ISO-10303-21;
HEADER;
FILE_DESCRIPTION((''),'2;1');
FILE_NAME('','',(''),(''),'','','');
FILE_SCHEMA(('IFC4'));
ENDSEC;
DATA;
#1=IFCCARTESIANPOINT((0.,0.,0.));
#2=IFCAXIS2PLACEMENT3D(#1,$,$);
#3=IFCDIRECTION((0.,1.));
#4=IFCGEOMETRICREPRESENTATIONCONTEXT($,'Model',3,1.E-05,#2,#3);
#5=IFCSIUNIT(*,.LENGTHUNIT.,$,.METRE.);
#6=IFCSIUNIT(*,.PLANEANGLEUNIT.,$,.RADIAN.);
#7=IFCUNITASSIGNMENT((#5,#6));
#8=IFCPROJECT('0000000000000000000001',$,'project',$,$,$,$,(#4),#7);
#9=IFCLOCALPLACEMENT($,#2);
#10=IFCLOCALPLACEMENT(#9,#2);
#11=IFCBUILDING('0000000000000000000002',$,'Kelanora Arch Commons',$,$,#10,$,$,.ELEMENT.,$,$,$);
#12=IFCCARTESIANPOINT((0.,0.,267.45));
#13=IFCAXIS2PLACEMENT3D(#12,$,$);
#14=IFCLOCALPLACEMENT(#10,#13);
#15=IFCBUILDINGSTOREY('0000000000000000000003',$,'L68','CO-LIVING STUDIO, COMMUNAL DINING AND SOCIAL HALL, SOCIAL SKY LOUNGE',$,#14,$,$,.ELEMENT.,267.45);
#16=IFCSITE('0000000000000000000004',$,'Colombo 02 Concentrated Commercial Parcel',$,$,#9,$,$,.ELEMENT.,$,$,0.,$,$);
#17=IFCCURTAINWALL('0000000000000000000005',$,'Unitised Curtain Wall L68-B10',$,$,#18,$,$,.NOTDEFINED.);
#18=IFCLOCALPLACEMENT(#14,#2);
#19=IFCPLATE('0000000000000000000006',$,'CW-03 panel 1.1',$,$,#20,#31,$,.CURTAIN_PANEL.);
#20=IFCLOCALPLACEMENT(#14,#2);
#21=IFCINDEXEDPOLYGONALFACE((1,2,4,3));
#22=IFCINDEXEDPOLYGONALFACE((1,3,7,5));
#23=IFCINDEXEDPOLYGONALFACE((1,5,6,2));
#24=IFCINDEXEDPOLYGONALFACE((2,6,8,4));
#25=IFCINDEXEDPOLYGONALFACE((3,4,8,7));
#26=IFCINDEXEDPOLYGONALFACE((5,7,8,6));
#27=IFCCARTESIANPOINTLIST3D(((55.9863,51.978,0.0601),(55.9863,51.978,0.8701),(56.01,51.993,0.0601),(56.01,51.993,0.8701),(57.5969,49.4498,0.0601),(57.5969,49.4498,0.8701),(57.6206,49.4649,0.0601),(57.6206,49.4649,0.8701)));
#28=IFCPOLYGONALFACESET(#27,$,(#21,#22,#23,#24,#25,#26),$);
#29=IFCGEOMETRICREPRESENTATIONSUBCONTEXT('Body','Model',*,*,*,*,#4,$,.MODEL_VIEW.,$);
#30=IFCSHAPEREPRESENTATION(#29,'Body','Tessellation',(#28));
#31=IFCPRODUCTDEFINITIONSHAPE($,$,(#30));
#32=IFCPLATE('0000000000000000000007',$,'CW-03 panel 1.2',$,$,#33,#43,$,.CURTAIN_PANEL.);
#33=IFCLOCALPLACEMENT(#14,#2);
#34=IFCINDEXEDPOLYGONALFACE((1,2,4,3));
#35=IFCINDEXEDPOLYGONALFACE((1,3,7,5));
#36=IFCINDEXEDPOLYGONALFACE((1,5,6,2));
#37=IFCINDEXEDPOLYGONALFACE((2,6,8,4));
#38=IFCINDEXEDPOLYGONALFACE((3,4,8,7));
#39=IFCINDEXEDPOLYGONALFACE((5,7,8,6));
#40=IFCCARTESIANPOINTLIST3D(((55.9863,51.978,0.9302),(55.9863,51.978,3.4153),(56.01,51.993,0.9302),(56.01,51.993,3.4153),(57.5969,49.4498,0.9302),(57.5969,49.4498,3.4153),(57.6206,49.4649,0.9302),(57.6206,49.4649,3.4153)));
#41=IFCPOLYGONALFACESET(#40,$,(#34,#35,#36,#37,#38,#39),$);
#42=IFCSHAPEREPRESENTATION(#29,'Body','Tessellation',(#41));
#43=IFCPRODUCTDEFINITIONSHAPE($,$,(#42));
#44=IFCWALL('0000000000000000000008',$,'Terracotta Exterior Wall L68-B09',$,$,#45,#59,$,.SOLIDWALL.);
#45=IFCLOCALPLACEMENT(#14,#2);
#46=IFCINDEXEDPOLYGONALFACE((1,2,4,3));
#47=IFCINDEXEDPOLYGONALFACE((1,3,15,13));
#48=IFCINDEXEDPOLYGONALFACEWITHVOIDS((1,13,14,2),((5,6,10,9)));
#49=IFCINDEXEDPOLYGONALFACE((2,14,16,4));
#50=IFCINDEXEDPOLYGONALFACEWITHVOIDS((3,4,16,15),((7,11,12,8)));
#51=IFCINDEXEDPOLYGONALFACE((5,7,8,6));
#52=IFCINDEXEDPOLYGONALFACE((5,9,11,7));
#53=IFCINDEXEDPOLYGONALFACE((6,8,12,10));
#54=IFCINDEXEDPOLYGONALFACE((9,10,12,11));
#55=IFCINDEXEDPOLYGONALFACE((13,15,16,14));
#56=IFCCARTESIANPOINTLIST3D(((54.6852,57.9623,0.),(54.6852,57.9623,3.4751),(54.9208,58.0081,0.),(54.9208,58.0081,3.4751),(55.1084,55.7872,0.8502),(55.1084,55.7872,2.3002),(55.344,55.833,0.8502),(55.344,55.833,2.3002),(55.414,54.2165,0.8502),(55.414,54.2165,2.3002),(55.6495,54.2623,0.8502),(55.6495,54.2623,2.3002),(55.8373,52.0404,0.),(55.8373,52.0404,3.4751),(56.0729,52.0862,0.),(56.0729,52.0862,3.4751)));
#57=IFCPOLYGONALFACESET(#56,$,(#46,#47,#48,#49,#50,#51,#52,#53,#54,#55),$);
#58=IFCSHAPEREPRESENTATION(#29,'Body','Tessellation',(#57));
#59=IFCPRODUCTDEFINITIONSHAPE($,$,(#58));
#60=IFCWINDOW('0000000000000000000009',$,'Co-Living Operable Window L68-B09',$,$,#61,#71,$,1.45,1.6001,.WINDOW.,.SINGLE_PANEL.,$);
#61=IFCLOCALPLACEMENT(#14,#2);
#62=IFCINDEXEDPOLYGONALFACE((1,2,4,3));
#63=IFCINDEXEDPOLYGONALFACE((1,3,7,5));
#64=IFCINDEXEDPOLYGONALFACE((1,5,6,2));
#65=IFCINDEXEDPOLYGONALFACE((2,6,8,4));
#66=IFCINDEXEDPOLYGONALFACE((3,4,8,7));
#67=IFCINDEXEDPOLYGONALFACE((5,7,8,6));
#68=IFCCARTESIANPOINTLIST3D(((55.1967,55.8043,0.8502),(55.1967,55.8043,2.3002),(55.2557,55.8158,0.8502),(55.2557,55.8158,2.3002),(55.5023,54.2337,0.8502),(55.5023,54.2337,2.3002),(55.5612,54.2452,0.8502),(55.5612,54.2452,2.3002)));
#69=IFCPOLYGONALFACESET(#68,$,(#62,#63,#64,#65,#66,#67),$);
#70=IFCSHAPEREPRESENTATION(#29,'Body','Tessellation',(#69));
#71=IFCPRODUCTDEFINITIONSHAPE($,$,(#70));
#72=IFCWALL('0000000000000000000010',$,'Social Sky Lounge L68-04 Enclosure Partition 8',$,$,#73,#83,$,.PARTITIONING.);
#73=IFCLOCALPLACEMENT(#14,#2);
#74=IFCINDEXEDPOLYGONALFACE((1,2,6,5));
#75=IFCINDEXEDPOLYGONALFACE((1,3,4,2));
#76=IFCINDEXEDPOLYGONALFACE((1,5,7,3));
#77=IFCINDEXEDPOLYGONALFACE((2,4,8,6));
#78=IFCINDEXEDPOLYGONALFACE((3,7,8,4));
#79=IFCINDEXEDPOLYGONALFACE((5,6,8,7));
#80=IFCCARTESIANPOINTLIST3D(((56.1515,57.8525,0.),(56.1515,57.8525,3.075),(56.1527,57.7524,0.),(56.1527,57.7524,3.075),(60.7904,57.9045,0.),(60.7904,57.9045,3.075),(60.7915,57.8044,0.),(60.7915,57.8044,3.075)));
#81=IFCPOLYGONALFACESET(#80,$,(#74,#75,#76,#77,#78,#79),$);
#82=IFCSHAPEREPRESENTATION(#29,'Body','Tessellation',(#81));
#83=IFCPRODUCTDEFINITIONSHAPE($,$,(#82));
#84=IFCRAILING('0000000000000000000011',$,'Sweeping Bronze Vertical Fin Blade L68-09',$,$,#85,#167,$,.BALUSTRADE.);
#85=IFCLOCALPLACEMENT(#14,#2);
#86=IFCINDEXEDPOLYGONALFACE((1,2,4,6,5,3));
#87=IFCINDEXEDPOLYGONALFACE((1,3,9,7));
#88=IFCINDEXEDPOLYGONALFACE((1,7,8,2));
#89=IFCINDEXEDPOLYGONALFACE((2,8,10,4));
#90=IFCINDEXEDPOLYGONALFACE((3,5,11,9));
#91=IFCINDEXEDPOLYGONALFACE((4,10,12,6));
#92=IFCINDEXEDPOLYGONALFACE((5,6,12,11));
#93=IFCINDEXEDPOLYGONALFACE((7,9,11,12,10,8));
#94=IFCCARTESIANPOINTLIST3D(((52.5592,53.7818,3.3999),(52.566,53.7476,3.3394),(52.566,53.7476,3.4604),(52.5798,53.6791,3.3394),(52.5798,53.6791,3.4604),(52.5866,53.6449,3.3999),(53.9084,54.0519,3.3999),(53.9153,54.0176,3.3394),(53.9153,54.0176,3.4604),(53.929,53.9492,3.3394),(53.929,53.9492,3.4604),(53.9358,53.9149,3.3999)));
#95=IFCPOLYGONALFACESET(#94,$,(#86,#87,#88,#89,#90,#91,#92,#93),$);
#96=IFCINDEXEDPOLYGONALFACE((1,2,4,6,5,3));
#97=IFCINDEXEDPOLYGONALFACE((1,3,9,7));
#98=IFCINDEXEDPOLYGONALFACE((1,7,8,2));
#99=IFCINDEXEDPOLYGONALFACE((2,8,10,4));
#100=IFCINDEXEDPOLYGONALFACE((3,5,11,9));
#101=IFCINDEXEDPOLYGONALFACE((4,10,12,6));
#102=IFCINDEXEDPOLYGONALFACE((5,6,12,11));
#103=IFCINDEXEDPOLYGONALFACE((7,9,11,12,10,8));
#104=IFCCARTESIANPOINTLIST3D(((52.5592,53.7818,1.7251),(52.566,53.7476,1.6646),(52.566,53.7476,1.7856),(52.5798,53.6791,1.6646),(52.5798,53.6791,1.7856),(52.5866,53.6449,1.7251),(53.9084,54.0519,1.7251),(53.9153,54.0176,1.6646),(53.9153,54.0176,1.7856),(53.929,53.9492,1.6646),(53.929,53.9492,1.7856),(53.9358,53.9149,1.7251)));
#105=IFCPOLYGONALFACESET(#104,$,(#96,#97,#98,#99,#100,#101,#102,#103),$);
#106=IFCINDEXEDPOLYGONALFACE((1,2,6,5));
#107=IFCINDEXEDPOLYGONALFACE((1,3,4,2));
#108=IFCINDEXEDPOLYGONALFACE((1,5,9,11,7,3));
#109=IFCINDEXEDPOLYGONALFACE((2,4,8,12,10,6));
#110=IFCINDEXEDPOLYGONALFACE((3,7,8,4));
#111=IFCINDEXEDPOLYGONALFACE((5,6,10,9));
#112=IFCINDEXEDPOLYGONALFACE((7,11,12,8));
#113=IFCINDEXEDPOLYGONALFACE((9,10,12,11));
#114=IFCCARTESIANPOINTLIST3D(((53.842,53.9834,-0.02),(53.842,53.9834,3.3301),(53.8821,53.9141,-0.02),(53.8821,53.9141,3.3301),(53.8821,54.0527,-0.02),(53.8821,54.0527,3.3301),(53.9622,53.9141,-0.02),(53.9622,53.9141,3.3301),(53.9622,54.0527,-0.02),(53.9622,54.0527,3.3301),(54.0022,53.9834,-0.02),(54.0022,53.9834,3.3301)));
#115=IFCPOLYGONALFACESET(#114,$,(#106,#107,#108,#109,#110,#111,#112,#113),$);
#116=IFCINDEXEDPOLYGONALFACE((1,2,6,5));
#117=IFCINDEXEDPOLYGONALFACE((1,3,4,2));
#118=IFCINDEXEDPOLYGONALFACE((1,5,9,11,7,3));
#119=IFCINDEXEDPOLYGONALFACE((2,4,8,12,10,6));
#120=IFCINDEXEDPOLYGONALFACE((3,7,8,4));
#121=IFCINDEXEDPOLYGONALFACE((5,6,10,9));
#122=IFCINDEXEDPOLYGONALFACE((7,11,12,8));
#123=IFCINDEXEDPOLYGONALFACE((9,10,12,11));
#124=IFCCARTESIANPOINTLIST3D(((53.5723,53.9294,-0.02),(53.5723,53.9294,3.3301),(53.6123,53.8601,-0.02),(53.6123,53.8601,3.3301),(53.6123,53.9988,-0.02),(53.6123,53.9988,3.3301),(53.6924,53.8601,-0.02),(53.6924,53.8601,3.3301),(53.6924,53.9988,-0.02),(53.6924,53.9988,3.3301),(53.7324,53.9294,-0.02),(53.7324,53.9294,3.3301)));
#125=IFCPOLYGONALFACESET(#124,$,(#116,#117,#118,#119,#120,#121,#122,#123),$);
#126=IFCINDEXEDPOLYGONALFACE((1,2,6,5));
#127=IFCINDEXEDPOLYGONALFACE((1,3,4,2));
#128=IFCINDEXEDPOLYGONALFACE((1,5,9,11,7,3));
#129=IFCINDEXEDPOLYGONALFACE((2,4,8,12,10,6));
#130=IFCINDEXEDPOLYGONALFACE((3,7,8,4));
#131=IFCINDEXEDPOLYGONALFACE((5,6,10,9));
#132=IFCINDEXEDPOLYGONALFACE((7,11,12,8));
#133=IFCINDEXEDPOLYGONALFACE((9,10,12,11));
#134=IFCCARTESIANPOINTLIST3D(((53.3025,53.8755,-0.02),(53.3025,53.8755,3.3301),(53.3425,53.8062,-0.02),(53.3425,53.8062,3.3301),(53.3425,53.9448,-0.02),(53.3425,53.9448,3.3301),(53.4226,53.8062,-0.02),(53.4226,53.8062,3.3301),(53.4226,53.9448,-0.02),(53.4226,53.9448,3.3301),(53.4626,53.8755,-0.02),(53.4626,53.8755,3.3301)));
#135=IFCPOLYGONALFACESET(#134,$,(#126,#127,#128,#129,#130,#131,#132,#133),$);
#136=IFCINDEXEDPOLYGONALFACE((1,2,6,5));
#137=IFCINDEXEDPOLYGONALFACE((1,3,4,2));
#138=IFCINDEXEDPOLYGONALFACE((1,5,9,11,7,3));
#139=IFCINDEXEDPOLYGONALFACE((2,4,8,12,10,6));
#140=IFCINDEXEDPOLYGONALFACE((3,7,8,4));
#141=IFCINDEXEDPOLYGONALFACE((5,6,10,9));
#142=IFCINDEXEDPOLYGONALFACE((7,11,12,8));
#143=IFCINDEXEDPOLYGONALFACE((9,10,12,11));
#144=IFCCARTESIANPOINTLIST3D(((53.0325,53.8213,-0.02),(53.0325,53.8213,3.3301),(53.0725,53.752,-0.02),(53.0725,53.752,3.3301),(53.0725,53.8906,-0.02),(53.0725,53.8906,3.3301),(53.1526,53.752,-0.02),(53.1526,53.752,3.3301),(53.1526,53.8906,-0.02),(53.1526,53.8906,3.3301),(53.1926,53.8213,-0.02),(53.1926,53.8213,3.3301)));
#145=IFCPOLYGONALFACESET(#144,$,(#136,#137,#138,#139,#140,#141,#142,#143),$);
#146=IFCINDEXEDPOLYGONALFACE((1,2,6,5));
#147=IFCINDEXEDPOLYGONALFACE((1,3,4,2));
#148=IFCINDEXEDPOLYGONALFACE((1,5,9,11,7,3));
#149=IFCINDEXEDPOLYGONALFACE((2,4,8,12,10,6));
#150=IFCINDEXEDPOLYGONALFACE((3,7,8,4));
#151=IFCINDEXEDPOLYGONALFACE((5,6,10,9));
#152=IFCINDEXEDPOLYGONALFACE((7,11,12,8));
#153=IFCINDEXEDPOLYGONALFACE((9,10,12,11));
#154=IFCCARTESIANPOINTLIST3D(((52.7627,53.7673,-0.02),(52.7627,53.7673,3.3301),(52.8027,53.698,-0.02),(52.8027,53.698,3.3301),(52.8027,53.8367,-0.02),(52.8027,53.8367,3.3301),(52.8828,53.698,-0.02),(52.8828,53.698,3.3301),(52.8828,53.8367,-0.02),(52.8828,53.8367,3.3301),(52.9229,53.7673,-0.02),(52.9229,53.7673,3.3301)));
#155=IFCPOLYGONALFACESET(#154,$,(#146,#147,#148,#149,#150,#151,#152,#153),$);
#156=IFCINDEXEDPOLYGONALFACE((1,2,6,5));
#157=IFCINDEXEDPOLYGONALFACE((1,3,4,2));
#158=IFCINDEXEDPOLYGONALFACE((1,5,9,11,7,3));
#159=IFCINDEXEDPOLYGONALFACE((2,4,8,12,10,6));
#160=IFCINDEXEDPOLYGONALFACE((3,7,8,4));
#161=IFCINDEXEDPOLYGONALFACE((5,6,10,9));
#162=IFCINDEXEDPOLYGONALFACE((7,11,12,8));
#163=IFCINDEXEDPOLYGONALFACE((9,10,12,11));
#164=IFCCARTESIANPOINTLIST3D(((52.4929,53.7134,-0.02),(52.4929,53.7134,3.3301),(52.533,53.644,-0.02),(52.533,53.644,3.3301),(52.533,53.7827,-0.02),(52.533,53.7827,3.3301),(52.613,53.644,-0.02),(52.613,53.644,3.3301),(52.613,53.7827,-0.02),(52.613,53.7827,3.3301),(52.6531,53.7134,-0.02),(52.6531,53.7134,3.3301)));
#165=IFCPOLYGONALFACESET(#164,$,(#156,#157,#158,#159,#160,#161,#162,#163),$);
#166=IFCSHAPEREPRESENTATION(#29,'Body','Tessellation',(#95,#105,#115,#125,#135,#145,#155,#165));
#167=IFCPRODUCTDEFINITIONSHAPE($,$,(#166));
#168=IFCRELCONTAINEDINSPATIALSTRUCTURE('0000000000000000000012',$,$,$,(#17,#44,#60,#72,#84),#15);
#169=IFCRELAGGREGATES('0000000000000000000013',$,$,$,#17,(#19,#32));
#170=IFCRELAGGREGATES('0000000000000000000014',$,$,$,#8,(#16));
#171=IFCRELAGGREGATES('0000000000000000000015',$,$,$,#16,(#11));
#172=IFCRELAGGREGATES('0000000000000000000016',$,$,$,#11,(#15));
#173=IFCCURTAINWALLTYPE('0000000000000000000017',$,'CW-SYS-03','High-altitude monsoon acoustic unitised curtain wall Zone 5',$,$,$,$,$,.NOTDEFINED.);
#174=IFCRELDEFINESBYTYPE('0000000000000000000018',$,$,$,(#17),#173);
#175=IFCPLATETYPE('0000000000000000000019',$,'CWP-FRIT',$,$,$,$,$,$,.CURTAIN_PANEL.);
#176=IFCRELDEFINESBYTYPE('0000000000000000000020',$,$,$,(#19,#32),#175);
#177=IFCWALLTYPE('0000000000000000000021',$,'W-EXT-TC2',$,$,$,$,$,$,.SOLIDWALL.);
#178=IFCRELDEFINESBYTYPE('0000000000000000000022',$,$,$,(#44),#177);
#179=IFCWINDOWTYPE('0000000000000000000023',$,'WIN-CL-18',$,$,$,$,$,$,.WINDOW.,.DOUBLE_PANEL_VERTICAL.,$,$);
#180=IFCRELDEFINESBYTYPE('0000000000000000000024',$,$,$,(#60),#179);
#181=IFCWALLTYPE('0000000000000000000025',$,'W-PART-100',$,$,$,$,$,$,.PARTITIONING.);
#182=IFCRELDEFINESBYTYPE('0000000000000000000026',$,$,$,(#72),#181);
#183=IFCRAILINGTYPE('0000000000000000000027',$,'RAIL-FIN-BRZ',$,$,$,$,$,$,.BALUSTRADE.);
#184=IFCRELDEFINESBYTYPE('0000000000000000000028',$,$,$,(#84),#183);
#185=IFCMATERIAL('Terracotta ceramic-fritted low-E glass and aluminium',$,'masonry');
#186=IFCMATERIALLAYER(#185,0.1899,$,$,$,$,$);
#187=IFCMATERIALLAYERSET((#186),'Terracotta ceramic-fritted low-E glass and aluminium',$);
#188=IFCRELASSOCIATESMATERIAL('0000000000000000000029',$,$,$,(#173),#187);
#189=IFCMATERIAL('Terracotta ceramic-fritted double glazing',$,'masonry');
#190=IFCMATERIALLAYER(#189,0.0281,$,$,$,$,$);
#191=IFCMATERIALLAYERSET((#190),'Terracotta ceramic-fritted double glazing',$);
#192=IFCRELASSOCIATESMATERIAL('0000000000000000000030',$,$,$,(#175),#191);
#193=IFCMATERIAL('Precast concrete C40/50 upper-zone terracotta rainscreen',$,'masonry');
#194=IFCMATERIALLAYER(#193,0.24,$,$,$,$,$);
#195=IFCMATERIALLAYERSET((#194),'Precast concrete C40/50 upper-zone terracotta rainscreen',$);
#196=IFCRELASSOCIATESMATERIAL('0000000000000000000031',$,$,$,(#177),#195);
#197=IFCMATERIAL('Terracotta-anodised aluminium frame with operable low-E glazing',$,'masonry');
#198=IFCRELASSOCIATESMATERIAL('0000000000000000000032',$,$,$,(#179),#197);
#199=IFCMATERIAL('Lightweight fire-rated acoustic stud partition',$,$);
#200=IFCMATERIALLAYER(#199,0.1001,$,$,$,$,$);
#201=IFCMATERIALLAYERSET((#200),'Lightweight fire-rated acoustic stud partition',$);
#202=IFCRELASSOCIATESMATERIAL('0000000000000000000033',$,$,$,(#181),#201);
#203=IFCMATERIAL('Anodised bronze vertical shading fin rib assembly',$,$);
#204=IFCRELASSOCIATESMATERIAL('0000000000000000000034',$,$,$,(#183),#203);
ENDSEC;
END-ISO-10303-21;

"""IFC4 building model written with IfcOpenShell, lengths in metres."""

from ifc_helpers import new_model, si_unit, direction, frame, frame_2d, origin, origin_2d, place, context, subcontext, project, spatial, polyline, rectangle, outline, extrude, source, transform, mapped, material, layer, layer_set, type_object, element, fill, aggregate, save


model = new_model("IFC4")

# Units and contexts
model_context = context("Model", 3, precision=1e-05, world=origin(), true_north=direction((0.0, 1.0)))
body_context = subcontext(model_context, "Body", "Model", "MODEL_VIEW")
ifc_project = project(units=[si_unit("LENGTHUNIT", "METRE"), si_unit("PLANEANGLEUNIT", "RADIAN")], contexts=[model_context])

# Site, building, storey
site_placement = place(None, origin())
site = spatial("IfcSite", under=ifc_project, at=site_placement, Name="Colombo 02 Concentrated Commercial Parcel", CompositionType="ELEMENT", RefElevation=0.0)
building_placement = place(site_placement, origin())
building = spatial("IfcBuilding", under=site, at=building_placement, Name="Kelanora Arch Commons", CompositionType="ELEMENT")
storey_placement = place(building_placement, frame((0.0, 0.0, 267.45)))
storey = spatial("IfcBuildingStorey", under=building, at=storey_placement, Name="L68", Description="CO-LIVING STUDIO, COMMUNAL DINING AND SOCIAL HALL, SOCIAL SKY LOUNGE", CompositionType="ELEMENT", Elevation=267.45)

# Curtain wall
ifc_material_1 = material(Name="Terracotta ceramic-fritted low-E glass and aluminium", Category="masonry")
ifc_layer_1 = layer(ifc_material_1, 0.1899)
ifc_layer_set_1 = layer_set([ifc_layer_1], Name="Terracotta ceramic-fritted low-E glass and aluminium")
curtain_wall_type = type_object("IfcCurtainWallType", Name="CW-SYS-03", Description="High-altitude monsoon acoustic unitised curtain wall Zone 5", PredefinedType="NOTDEFINED", material=ifc_layer_set_1)
curtain_wall_placement = place(storey_placement, origin())
curtain_wall = element("IfcCurtainWall", 1, at=curtain_wall_placement, inside=storey, type_object=curtain_wall_type, Name="Unitised Curtain Wall L68-B10", PredefinedType="NOTDEFINED")

# Plates
ifc_material_2 = material(Name="Terracotta ceramic-fritted double glazing", Category="masonry")
ifc_layer_2 = layer(ifc_material_2, 0.0281)
ifc_layer_set_2 = layer_set([ifc_layer_2], Name="Terracotta ceramic-fritted double glazing")
plate_type = type_object("IfcPlateType", Name="CWP-FRIT", PredefinedType="CURTAIN_PANEL", material=ifc_layer_set_2)
shared_shape_1 = source(origin(), body_context, "Body", "SweptSolid", [
    extrude(rectangle(XDim=2.9976, YDim=0.0281, at=origin_2d()), origin(), (0.0, 0.0, 1.0), 0.8101),
])
plate_1_placement = place(storey_placement, frame((56.8035, 50.7214, 0.0601), z_axis=(0.0, 0.0, 1.0), x_axis=(0.5373, -0.843391, 0.0)))
plate_1 = element("IfcPlate", 2, at=plate_1_placement, type_object=plate_type, Name="CW-03 panel 1.1", PredefinedType="CURTAIN_PANEL", context=body_context, shape_type="MappedRepresentation", body=[
    mapped(shared_shape_1, transform((0.0, 0.0, 0.0), scale=1.0)),
])
shared_shape_2 = source(origin(), body_context, "Body", "SweptSolid", [
    extrude(rectangle(XDim=2.9976, YDim=0.0281, at=origin_2d()), origin(), (0.0, 0.0, 1.0), 2.4851),
])
plate_2_placement = place(storey_placement, frame((56.8035, 50.7214, 0.9302), z_axis=(0.0, 0.0, 1.0), x_axis=(0.5373, -0.843391, 0.0)))
plate_2 = element("IfcPlate", 3, at=plate_2_placement, type_object=plate_type, Name="CW-03 panel 1.2", PredefinedType="CURTAIN_PANEL", context=body_context, shape_type="MappedRepresentation", body=[
    mapped(shared_shape_2, transform((0.0, 0.0, 0.0), scale=1.0)),
])
aggregate(curtain_wall, [plate_1, plate_2])

# Wall, opening, window
ifc_material_3 = material(Name="Precast concrete C40/50 upper-zone terracotta rainscreen", Category="masonry")
ifc_layer_3 = layer(ifc_material_3, 0.24)
ifc_layer_set_3 = layer_set([ifc_layer_3], Name="Precast concrete C40/50 upper-zone terracotta rainscreen")
wall_type_1 = type_object("IfcWallType", Name="W-EXT-TC2", PredefinedType="SOLIDWALL", material=ifc_layer_set_3)
wall_1_placement = place(storey_placement, frame((54.803, 57.9854, 0.0), z_axis=(0.0, 0.0, 1.0), x_axis=(0.190969, -0.981596, 0.0)))
wall_1 = element("IfcWall", 4, at=wall_1_placement, inside=storey, type_object=wall_type_1, Name="Terracotta Exterior Wall L68-B09", PredefinedType="SOLIDWALL", context=body_context, shape_type="SweptSolid", body=[
    extrude(rectangle(XDim=6.033, YDim=0.24, at=frame_2d((3.0166, 0.0))), origin(), (0.0, 0.0, 1.0), 3.4751),
])
opening_placement = place(wall_1_placement, frame((2.2161, 0.0, 0.8501)))
opening = element("IfcOpeningElement", 5, at=opening_placement, cuts=wall_1, PredefinedType="OPENING", context=body_context, shape_type="SweptSolid", body=[
    extrude(rectangle(XDim=1.6001, YDim=1.45, at=frame_2d((0.8, 0.7251))), frame((0.0, 0.1299, 0.0), z_axis=(0.0, -1.0, 0.0), x_axis=(1.0, 0.0, 0.0)), (0.0, 0.0, 1.0), 0.26),
])
ifc_material_4 = material(Name="Terracotta-anodised aluminium frame with operable low-E glazing", Category="masonry")
window_type = type_object("IfcWindowType", Name="WIN-CL-18", PartitioningType="DOUBLE_PANEL_VERTICAL", PredefinedType="WINDOW", material=ifc_material_4)
window_placement = place(opening_placement, origin())
window = element("IfcWindow", 6, at=window_placement, inside=storey, type_object=window_type, Name="Co-Living Operable Window L68-B09", OverallHeight=1.45, OverallWidth=1.6001, PartitioningType="SINGLE_PANEL", PredefinedType="WINDOW", context=body_context, shape_type="SweptSolid", body=[
    extrude(rectangle(XDim=1.6001, YDim=1.45, at=frame_2d((0.8, 0.7251))), frame((0.0, 0.03, 0.0), z_axis=(0.0, -1.0, 0.0), x_axis=(1.0, 0.0, 0.0)), (0.0, 0.0, 1.0), 0.0601),
])
fill(opening, window)

# Wall
ifc_material_5 = material(Name="Lightweight fire-rated acoustic stud partition")
ifc_layer_4 = layer(ifc_material_5, 0.1001)
ifc_layer_set_4 = layer_set([ifc_layer_4], Name="Lightweight fire-rated acoustic stud partition")
wall_type_2 = type_object("IfcWallType", Name="W-PART-100", PredefinedType="PARTITIONING", material=ifc_layer_set_4)
wall_2_placement = place(storey_placement, frame((56.1521, 57.8025, 0.0), z_axis=(0.0, 0.0, 1.0), x_axis=(0.999937, 0.011209, 0.0)))
element("IfcWall", 7, at=wall_2_placement, inside=storey, type_object=wall_type_2, Name="Social Sky Lounge L68-04 Enclosure Partition 8", PredefinedType="PARTITIONING", context=body_context, shape_type="SweptSolid", body=[
    extrude(rectangle(XDim=4.6392, YDim=0.1001, at=frame_2d((2.3196, 0.0))), origin(), (0.0, 0.0, 1.0), 3.075),
])

# Railing
ifc_material_6 = material(Name="Anodised bronze vertical shading fin rib assembly")
railing_type = type_object("IfcRailingType", Name="RAIL-FIN-BRZ", PredefinedType="BALUSTRADE", material=ifc_material_6)
railing_1_placement = place(storey_placement, frame((53.9221, 53.9834, -0.02)))
element("IfcRailing", 8, at=railing_1_placement, inside=storey, type_object=railing_type, Name="Sweeping Bronze Vertical Fin Blade L68-09", PredefinedType="BALUSTRADE", context=body_context, shape_type="SweptSolid", body=[
    extrude(outline(polyline([(0.0698, 0.0), (0.0349, 0.0605), (-0.0349, 0.0605), (-0.0698, 0.0), (-0.0349, -0.0605), (0.0349, -0.0605), (0.0698, 0.0)])), frame((0.0, 0.0, 3.4199), z_axis=(-0.980553, -0.196253, 0.0), x_axis=(0.196253, -0.980553, 0.0)), (0.0, 0.0, 1.0), 1.376),
    extrude(outline(polyline([(0.0698, 0.0), (0.0349, 0.0605), (-0.0349, 0.0605), (-0.0698, 0.0), (-0.0349, -0.0605), (0.0349, -0.0605), (0.0698, 0.0)])), frame((0.0, 0.0, 1.7451), z_axis=(-0.980553, -0.196253, 0.0), x_axis=(0.196253, -0.980553, 0.0)), (0.0, 0.0, 1.0), 1.376),
    extrude(outline(polyline([(0.0801, 0.0), (0.04, 0.0693), (-0.04, 0.0693), (-0.0801, 0.0), (-0.04, -0.0693), (0.04, -0.0693), (0.0801, 0.0)])), origin(), (0.0, 0.0, 1.0), 3.3501),
    extrude(outline(polyline([(0.0801, 0.0), (0.04, 0.0693), (-0.04, 0.0693), (-0.0801, 0.0), (-0.04, -0.0693), (0.04, -0.0693), (0.0801, 0.0)])), frame((-0.2698, -0.054, 0.0)), (0.0, 0.0, 1.0), 3.3501),
    extrude(outline(polyline([(0.0801, 0.0), (0.04, 0.0693), (-0.04, 0.0693), (-0.0801, 0.0), (-0.04, -0.0693), (0.04, -0.0693), (0.0801, 0.0)])), frame((-0.5396, -0.1079, 0.0)), (0.0, 0.0, 1.0), 3.3501),
    extrude(outline(polyline([(0.0801, 0.0), (0.04, 0.0693), (-0.04, 0.0693), (-0.0801, 0.0), (-0.04, -0.0693), (0.04, -0.0693), (0.0801, 0.0)])), frame((-0.8096, -0.1621, 0.0)), (0.0, 0.0, 1.0), 3.3501),
    extrude(outline(polyline([(0.0801, 0.0), (0.04, 0.0693), (-0.04, 0.0693), (-0.0801, 0.0), (-0.04, -0.0693), (0.04, -0.0693), (0.0801, 0.0)])), frame((-1.0793, -0.2161, 0.0)), (0.0, 0.0, 1.0), 3.3501),
    extrude(outline(polyline([(0.0801, 0.0), (0.04, 0.0693), (-0.04, 0.0693), (-0.0801, 0.0), (-0.04, -0.0693), (0.04, -0.0693), (0.0801, 0.0)])), frame((-1.3491, -0.27, 0.0)), (0.0, 0.0, 1.0), 3.3501),
])

save(model, "model.ifc")
